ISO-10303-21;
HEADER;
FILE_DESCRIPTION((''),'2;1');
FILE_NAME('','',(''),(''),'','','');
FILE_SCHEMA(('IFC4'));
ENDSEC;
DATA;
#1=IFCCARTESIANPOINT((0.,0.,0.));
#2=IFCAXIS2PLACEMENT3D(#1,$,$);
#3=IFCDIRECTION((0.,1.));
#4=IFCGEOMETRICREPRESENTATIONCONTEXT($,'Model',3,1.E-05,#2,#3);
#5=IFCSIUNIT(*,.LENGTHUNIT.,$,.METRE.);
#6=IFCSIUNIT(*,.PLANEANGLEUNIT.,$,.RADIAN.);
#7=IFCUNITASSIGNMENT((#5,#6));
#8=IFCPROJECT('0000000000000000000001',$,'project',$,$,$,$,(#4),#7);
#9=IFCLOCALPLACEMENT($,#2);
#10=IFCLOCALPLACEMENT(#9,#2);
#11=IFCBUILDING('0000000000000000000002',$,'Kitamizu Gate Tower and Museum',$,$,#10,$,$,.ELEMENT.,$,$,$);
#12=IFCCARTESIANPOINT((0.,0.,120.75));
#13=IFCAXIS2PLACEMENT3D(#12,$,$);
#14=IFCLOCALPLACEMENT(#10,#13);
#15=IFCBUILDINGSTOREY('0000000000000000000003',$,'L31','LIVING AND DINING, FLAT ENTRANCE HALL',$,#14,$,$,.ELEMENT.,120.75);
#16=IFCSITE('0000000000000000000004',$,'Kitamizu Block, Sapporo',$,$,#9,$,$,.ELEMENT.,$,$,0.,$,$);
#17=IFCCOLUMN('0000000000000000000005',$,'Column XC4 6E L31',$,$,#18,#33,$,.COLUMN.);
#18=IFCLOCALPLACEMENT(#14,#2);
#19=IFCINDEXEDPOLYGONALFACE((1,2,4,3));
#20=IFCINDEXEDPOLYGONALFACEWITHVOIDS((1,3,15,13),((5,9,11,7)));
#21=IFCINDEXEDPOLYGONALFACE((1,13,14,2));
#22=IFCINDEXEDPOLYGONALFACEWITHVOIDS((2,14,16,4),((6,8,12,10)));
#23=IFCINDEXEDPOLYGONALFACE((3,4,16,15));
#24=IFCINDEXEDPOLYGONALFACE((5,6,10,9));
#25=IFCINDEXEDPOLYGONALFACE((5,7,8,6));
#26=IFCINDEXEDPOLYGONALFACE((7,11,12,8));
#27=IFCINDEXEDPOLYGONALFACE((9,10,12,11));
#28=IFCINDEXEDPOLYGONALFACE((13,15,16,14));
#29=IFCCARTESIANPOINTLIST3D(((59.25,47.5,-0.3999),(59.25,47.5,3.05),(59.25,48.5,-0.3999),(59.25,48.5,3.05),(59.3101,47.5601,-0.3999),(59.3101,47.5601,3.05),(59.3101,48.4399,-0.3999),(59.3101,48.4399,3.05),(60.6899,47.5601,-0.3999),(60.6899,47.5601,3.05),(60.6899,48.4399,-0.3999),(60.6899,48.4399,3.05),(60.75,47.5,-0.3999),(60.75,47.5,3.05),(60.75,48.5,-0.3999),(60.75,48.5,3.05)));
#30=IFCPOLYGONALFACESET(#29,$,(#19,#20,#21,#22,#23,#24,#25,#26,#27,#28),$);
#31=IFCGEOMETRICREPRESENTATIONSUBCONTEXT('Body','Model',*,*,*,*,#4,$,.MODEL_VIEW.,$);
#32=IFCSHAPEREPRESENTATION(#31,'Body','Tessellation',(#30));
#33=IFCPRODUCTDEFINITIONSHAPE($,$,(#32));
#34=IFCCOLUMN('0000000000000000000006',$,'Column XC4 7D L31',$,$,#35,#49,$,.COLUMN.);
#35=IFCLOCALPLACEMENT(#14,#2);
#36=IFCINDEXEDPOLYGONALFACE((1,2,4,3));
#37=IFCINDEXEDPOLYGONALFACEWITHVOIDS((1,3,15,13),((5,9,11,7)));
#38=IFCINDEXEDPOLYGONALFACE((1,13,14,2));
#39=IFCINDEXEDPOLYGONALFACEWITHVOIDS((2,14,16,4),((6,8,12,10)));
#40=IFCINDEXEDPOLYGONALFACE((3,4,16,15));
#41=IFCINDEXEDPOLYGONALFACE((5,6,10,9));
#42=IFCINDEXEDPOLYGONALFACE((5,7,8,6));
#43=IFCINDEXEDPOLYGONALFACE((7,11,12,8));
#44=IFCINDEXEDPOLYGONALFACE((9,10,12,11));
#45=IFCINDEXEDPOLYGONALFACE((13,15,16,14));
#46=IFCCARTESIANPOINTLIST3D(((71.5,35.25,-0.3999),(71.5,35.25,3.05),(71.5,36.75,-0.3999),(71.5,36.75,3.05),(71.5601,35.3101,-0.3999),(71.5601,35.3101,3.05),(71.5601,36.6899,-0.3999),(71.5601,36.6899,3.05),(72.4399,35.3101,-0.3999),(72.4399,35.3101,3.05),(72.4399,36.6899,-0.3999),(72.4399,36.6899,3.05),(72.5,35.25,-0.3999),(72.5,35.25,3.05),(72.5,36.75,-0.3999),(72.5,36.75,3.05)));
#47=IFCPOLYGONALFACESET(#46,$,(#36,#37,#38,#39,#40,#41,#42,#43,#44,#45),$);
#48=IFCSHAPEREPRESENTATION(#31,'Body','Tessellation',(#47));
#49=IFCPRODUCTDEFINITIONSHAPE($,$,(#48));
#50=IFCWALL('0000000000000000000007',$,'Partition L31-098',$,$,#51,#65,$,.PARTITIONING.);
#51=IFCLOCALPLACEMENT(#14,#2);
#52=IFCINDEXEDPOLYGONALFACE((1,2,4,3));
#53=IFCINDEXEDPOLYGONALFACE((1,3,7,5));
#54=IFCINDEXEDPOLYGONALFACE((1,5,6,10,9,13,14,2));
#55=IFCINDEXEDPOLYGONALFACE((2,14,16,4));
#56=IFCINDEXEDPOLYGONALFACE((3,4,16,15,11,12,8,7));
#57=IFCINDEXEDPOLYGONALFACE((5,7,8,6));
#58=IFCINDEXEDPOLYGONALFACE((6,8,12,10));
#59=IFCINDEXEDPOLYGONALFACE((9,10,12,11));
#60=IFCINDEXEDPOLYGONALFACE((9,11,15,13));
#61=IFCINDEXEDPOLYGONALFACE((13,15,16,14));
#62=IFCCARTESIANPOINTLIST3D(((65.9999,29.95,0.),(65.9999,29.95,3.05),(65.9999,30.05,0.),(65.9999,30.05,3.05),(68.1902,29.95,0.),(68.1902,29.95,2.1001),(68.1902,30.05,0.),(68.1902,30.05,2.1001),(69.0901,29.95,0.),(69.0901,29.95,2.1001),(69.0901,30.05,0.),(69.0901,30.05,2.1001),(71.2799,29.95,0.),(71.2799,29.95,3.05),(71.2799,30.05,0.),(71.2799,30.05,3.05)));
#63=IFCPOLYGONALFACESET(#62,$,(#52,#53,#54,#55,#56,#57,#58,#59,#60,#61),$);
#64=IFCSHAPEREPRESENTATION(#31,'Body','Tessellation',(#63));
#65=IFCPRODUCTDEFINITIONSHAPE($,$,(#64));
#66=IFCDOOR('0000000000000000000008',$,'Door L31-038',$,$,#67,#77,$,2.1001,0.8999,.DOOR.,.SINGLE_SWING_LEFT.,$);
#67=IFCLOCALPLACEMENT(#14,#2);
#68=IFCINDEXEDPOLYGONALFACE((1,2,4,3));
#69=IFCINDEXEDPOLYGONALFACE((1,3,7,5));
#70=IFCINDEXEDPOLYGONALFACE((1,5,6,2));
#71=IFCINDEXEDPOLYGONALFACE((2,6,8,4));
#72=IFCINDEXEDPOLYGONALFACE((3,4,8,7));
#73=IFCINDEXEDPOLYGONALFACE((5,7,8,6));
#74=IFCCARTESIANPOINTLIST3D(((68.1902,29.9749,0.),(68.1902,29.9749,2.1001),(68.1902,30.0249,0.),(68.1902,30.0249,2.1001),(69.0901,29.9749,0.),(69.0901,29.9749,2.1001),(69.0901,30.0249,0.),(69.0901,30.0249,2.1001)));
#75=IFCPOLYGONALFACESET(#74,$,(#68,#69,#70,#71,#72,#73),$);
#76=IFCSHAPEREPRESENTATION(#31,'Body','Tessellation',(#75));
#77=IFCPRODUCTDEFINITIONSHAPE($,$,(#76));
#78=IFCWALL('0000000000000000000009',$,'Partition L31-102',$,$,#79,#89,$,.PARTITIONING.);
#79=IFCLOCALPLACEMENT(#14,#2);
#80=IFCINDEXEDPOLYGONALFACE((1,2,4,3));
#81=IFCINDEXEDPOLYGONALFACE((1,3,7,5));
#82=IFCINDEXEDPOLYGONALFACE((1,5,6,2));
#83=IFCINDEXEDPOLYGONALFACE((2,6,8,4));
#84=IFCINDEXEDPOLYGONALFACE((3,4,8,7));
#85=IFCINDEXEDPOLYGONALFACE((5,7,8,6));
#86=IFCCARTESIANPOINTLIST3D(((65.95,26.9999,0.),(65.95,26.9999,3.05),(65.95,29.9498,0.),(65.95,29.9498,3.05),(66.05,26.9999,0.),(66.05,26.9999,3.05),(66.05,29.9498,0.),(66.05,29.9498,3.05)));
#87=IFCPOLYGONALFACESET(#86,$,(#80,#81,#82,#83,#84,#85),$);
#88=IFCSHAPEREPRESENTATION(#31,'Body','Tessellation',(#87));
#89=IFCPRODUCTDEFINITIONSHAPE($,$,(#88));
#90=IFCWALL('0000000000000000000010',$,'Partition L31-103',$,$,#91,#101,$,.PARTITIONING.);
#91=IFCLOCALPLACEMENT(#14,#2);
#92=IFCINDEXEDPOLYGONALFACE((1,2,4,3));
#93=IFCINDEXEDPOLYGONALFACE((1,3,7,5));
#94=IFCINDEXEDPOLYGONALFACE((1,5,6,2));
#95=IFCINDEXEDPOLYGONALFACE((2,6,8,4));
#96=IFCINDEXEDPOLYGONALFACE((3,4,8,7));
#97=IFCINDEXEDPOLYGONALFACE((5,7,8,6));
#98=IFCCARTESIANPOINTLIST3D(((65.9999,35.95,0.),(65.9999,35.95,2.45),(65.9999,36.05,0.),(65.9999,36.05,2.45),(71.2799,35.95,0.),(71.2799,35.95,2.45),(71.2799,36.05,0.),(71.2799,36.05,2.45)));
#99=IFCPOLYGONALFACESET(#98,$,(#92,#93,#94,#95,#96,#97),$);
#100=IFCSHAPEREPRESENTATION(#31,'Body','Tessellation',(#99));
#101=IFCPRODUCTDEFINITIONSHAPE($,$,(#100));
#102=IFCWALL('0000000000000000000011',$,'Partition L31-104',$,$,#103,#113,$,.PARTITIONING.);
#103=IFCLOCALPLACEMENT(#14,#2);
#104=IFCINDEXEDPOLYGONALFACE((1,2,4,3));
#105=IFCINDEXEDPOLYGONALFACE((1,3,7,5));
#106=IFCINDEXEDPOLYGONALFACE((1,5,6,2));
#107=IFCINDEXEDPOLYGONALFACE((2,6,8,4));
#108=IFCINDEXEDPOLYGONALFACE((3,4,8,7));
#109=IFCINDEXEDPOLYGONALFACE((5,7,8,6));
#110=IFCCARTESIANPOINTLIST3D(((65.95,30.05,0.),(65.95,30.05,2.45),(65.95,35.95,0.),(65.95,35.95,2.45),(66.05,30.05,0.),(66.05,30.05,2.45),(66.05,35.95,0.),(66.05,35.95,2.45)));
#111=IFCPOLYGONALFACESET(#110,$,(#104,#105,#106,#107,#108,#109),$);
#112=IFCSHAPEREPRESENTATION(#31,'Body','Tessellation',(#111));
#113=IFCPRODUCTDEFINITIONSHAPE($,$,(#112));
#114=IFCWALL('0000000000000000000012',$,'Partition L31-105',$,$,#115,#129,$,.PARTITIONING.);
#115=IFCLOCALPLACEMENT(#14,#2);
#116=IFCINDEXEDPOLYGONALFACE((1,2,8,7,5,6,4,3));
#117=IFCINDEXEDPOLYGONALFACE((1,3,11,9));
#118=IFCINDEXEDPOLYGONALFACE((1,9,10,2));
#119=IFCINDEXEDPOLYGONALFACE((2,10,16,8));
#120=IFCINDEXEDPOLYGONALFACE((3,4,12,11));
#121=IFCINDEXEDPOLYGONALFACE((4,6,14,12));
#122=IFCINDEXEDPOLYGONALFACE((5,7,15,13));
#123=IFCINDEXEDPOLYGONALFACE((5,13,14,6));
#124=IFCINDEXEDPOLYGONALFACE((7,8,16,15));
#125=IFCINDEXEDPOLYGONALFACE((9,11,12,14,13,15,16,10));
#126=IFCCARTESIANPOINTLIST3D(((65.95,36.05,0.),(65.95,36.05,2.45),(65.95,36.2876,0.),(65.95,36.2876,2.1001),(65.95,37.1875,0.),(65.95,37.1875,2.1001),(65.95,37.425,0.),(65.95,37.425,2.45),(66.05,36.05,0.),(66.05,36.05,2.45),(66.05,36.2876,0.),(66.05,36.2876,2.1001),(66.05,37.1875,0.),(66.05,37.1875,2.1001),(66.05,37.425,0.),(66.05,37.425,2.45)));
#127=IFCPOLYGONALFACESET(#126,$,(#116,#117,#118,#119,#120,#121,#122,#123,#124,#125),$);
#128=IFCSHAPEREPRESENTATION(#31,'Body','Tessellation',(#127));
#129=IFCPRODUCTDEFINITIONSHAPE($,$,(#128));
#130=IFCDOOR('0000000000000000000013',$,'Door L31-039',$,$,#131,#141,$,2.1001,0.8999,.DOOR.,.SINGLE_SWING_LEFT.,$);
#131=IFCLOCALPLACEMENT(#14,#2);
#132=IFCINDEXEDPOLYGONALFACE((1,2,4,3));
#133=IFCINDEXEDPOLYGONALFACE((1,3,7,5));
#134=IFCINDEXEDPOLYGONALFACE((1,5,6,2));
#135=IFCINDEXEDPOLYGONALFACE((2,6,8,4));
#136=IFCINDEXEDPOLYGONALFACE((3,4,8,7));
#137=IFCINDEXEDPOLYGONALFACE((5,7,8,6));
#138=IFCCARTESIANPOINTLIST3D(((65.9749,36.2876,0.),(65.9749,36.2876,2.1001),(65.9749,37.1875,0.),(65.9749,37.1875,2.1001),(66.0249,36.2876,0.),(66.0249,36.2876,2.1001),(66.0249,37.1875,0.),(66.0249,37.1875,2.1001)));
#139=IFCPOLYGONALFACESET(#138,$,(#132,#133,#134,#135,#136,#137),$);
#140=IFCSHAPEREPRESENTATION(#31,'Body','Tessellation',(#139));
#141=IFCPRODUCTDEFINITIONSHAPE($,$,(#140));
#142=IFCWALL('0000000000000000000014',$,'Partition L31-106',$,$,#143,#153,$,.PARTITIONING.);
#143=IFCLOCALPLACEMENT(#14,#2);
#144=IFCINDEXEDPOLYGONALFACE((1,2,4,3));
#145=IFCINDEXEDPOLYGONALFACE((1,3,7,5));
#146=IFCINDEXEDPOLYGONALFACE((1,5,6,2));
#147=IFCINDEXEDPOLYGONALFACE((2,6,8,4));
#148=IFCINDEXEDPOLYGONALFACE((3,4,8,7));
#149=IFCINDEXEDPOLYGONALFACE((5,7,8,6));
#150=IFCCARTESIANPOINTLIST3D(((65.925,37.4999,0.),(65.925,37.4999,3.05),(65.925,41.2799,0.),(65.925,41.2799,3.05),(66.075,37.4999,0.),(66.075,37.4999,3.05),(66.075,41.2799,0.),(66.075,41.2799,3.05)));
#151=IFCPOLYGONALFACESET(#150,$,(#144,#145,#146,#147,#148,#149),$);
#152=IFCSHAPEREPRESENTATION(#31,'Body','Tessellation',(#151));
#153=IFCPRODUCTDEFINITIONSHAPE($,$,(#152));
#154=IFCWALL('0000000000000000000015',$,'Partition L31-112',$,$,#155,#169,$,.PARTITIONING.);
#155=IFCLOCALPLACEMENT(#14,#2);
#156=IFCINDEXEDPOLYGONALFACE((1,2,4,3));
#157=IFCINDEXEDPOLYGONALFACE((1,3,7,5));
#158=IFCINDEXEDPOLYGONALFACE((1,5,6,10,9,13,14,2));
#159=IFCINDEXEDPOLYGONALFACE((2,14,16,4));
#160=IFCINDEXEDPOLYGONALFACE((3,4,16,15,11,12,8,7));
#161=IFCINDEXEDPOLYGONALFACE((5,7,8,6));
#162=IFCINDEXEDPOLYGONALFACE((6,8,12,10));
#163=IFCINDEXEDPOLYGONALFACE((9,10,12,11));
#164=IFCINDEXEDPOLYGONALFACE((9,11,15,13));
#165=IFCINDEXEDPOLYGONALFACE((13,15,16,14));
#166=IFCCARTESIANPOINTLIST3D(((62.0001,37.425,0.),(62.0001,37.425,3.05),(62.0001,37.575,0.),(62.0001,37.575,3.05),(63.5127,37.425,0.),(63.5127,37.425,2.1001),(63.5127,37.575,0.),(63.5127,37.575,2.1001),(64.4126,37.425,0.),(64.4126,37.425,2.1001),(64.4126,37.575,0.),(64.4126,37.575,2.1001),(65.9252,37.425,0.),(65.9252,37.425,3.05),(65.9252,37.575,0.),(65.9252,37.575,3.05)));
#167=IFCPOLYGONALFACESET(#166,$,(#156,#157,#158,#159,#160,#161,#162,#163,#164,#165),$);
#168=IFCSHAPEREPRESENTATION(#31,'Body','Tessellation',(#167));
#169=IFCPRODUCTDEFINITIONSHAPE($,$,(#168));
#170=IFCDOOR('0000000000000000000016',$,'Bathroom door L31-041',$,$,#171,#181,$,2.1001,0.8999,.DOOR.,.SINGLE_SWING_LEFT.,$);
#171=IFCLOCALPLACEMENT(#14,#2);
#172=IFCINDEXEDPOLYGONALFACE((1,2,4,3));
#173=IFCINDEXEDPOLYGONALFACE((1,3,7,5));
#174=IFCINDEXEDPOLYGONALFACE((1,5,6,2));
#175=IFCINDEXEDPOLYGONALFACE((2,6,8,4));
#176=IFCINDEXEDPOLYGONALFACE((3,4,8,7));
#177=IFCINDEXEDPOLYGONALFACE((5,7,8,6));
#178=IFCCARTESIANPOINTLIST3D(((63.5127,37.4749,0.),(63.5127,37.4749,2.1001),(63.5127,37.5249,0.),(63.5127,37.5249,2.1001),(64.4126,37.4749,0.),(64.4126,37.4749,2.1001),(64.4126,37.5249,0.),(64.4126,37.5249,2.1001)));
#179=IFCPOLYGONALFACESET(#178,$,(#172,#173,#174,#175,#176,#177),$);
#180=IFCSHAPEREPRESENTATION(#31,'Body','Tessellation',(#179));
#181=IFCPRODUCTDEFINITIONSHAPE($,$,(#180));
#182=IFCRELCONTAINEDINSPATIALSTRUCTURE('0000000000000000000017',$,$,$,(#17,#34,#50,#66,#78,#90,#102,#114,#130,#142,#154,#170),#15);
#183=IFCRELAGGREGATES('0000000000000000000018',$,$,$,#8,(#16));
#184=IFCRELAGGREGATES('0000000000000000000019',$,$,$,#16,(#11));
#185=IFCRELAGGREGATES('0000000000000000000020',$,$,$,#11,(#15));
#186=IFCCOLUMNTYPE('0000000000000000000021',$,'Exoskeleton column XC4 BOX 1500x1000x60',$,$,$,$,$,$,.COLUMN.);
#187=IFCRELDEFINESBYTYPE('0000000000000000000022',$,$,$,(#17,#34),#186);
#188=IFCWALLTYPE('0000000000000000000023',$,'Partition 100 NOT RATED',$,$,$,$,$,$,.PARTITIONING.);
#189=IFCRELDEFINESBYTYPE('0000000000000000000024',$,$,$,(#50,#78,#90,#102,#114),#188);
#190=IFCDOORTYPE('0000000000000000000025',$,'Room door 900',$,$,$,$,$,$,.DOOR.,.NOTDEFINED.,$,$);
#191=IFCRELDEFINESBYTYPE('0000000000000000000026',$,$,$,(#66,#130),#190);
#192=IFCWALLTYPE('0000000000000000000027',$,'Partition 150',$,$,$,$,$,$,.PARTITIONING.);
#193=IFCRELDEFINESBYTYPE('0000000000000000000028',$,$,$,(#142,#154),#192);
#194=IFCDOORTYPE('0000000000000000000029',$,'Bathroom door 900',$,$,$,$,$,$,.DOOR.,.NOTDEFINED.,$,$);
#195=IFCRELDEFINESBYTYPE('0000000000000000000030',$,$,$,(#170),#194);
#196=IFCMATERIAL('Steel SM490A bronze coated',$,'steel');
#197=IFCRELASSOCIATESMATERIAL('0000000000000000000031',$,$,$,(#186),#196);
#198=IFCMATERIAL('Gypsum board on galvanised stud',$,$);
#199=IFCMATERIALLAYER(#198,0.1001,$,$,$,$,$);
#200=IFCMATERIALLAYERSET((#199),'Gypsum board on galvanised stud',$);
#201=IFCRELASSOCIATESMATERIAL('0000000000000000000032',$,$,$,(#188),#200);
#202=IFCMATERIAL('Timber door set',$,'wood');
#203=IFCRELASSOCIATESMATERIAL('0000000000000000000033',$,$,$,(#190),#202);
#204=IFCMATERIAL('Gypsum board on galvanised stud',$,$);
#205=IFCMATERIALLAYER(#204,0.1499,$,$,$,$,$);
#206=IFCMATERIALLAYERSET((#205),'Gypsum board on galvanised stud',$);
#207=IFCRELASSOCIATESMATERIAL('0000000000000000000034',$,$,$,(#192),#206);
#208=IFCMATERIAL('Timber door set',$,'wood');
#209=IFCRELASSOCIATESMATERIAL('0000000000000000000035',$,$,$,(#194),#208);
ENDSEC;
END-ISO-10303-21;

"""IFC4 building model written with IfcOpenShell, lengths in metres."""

from ifc_helpers import new_model, si_unit, direction, frame, frame_2d, origin, origin_2d, place, context, subcontext, project, spatial, rectangle, hollow_rectangle, extrude, material, layer, layer_set, material_profile, profile_set, type_object, element, fill, save


model = new_model("IFC4")

# Units and contexts
model_context = context("Model", 3, precision=1e-05, world=origin(), true_north=direction((0.0, 1.0)))
body_context = subcontext(model_context, "Body", "Model", "MODEL_VIEW")
ifc_project = project(units=[si_unit("LENGTHUNIT", "METRE"), si_unit("PLANEANGLEUNIT", "RADIAN")], contexts=[model_context])

# Site, building, storey
site_placement = place(None, origin())
site = spatial("IfcSite", under=ifc_project, at=site_placement, Name="Kitamizu Block, Sapporo", CompositionType="ELEMENT", RefElevation=0.0)
building_placement = place(site_placement, origin())
building = spatial("IfcBuilding", under=site, at=building_placement, Name="Kitamizu Gate Tower and Museum", CompositionType="ELEMENT")
storey_placement = place(building_placement, frame((0.0, 0.0, 120.75)))
storey = spatial("IfcBuildingStorey", under=building, at=storey_placement, Name="L31", Description="LIVING AND DINING, FLAT ENTRANCE HALL", CompositionType="ELEMENT", Elevation=120.75)

# Columns
ifc_material_1 = material(Name="Steel SM490A bronze coated", Category="steel")
ifc_material_profile = material_profile(ifc_material_1, hollow_rectangle(XDim=1.5, YDim=1.0, WallThickness=0.0601, at=origin_2d()), Name="BOX 1500x1000x60")
ifc_profile_set = profile_set([ifc_material_profile], Name="Steel SM490A bronze coated")
column_type = type_object("IfcColumnType", Name="Exoskeleton column XC4 BOX 1500x1000x60", PredefinedType="COLUMN", material=ifc_profile_set)
for number, where, z_axis, x_axis, name in (
    (1, (60.0, 48.0, -0.3999), (0.0, 0.0, 1.0), (1.0, 0.0, 0.0), "Column XC4 6E L31"),
    (2, (72.0, 36.0, -0.3999), (0.0, 0.0, 1.0), (0.0, 1.0, 0.0), "Column XC4 7D L31"),
):
    element("IfcColumn", number, at=place(storey_placement, frame(where, z_axis=z_axis, x_axis=x_axis)), inside=storey, type_object=column_type, Name=name, PredefinedType="COLUMN", context=body_context, shape_type="SweptSolid", body=[
        extrude(hollow_rectangle(XDim=1.5, YDim=1.0, WallThickness=0.0601, at=origin_2d()), origin(), (0.0, 0.0, 1.0), 3.45),
    ])

# Wall, opening, door
ifc_material_2 = material(Name="Gypsum board on galvanised stud")
ifc_layer_1 = layer(ifc_material_2, 0.1001)
ifc_layer_set_1 = layer_set([ifc_layer_1], Name="Gypsum board on galvanised stud")
wall_type_1 = type_object("IfcWallType", Name="Partition 100 NOT RATED", PredefinedType="PARTITIONING", material=ifc_layer_set_1)
wall_1_placement = place(storey_placement, frame((71.28, 30.0, 0.0), z_axis=(0.0, 0.0, 1.0), x_axis=(-1.0, 0.0, 0.0)))
wall_1 = element("IfcWall", 3, at=wall_1_placement, inside=storey, type_object=wall_type_1, Name="Partition L31-098", PredefinedType="PARTITIONING", context=body_context, shape_type="SweptSolid", body=[
    extrude(rectangle(XDim=5.28, YDim=0.1001, at=frame_2d((2.6401, 0.0))), origin(), (0.0, 0.0, 1.0), 3.05),
])
opening_1_placement = place(wall_1_placement, frame((2.1899, 0.0, 0.0)))
opening_1 = element("IfcOpeningElement", 4, at=opening_1_placement, cuts=wall_1, PredefinedType="OPENING", context=body_context, shape_type="SweptSolid", body=[
    extrude(rectangle(XDim=0.8999, YDim=2.1001, at=frame_2d((0.45, 1.05))), frame((0.0, 0.0601, 0.0), z_axis=(0.0, -1.0, 0.0), x_axis=(1.0, 0.0, 0.0)), (0.0, 0.0, 1.0), 0.1201),
])
ifc_material_3 = material(Name="Timber door set", Category="wood")
door_type_1 = type_object("IfcDoorType", Name="Room door 900", OperationType="NOTDEFINED", PredefinedType="DOOR", material=ifc_material_3)
door_1_placement = place(opening_1_placement, frame((0.8999, 0.0, 0.0), x_axis=(-1.0, 0.0, 0.0)))
door_1 = element("IfcDoor", 5, at=door_1_placement, inside=storey, type_object=door_type_1, Name="Door L31-038", OperationType="SINGLE_SWING_LEFT", OverallHeight=2.1001, OverallWidth=0.8999, PredefinedType="DOOR", context=body_context, shape_type="SweptSolid", body=[
    extrude(rectangle(XDim=0.8999, YDim=2.1001, at=frame_2d((0.45, 1.05))), frame((0.0, 0.0249, 0.0), z_axis=(0.0, -1.0, 0.0), x_axis=(1.0, 0.0, 0.0)), (0.0, 0.0, 1.0), 0.05),
])
fill(opening_1, door_1)

# Walls
wall_2_placement = place(storey_placement, frame((66.0, 29.95, 0.0), z_axis=(0.0, 0.0, 1.0), x_axis=(0.0, -1.0, 0.0)))
element("IfcWall", 6, at=wall_2_placement, inside=storey, type_object=wall_type_1, Name="Partition L31-102", PredefinedType="PARTITIONING", context=body_context, shape_type="SweptSolid", body=[
    extrude(rectangle(XDim=2.95, YDim=0.1001, at=frame_2d((1.4751, 0.0))), origin(), (0.0, 0.0, 1.0), 3.05),
])
wall_3_placement = place(storey_placement, frame((71.28, 36.0, 0.0), z_axis=(0.0, 0.0, 1.0), x_axis=(-1.0, 0.0, 0.0)))
element("IfcWall", 7, at=wall_3_placement, inside=storey, type_object=wall_type_1, Name="Partition L31-103", PredefinedType="PARTITIONING", context=body_context, shape_type="SweptSolid", body=[
    extrude(rectangle(XDim=5.28, YDim=0.1001, at=frame_2d((2.6401, 0.0))), origin(), (0.0, 0.0, 1.0), 2.45),
])
wall_4_placement = place(storey_placement, frame((66.0, 35.95, 0.0), z_axis=(0.0, 0.0, 1.0), x_axis=(0.0, -1.0, 0.0)))
element("IfcWall", 8, at=wall_4_placement, inside=storey, type_object=wall_type_1, Name="Partition L31-104", PredefinedType="PARTITIONING", context=body_context, shape_type="SweptSolid", body=[
    extrude(rectangle(XDim=5.8999, YDim=0.1001, at=frame_2d((2.95, 0.0))), origin(), (0.0, 0.0, 1.0), 2.45),
])

# Wall, opening, door
wall_5_placement = place(storey_placement, frame((66.0, 37.425, 0.0), z_axis=(0.0, 0.0, 1.0), x_axis=(0.0, -1.0, 0.0)))
wall_5 = element("IfcWall", 9, at=wall_5_placement, inside=storey, type_object=wall_type_1, Name="Partition L31-105", PredefinedType="PARTITIONING", context=body_context, shape_type="SweptSolid", body=[
    extrude(rectangle(XDim=1.375, YDim=0.1001, at=frame_2d((0.6875, 0.0))), origin(), (0.0, 0.0, 1.0), 2.45),
])
opening_2_placement = place(wall_5_placement, frame((0.2375, 0.0, 0.0)))
opening_2 = element("IfcOpeningElement", 10, at=opening_2_placement, cuts=wall_5, PredefinedType="OPENING", context=body_context, shape_type="SweptSolid", body=[
    extrude(rectangle(XDim=0.8999, YDim=2.1001, at=frame_2d((0.45, 1.05))), frame((0.0, 0.0601, 0.0), z_axis=(0.0, -1.0, 0.0), x_axis=(1.0, 0.0, 0.0)), (0.0, 0.0, 1.0), 0.1201),
])
door_2_placement = place(opening_2_placement, origin())
door_2 = element("IfcDoor", 11, at=door_2_placement, inside=storey, type_object=door_type_1, Name="Door L31-039", OperationType="SINGLE_SWING_LEFT", OverallHeight=2.1001, OverallWidth=0.8999, PredefinedType="DOOR", context=body_context, shape_type="SweptSolid", body=[
    extrude(rectangle(XDim=0.8999, YDim=2.1001, at=frame_2d((0.45, 1.05))), frame((0.0, 0.0249, 0.0), z_axis=(0.0, -1.0, 0.0), x_axis=(1.0, 0.0, 0.0)), (0.0, 0.0, 1.0), 0.05),
])
fill(opening_2, door_2)

# Wall
ifc_material_4 = material(Name="Gypsum board on galvanised stud")
ifc_layer_2 = layer(ifc_material_4, 0.1499)
ifc_layer_set_2 = layer_set([ifc_layer_2], Name="Gypsum board on galvanised stud")
wall_type_2 = type_object("IfcWallType", Name="Partition 150", PredefinedType="PARTITIONING", material=ifc_layer_set_2)
wall_6_placement = place(storey_placement, frame((66.0, 41.28, 0.0), z_axis=(0.0, 0.0, 1.0), x_axis=(0.0, -1.0, 0.0)))
element("IfcWall", 12, at=wall_6_placement, inside=storey, type_object=wall_type_2, Name="Partition L31-106", PredefinedType="PARTITIONING", context=body_context, shape_type="SweptSolid", body=[
    extrude(rectangle(XDim=3.78, YDim=0.1499, at=frame_2d((1.8901, 0.0))), origin(), (0.0, 0.0, 1.0), 3.05),
])

# Wall, opening, door
wall_7_placement = place(storey_placement, frame((65.925, 37.5, 0.0), z_axis=(0.0, 0.0, 1.0), x_axis=(-1.0, 0.0, 0.0)))
wall_7 = element("IfcWall", 13, at=wall_7_placement, inside=storey, type_object=wall_type_2, Name="Partition L31-112", PredefinedType="PARTITIONING", context=body_context, shape_type="SweptSolid", body=[
    extrude(rectangle(XDim=3.925, YDim=0.1499, at=frame_2d((1.9624, 0.0))), origin(), (0.0, 0.0, 1.0), 3.05),
])
opening_3_placement = place(wall_7_placement, frame((1.5125, 0.0, 0.0)))
opening_3 = element("IfcOpeningElement", 14, at=opening_3_placement, cuts=wall_7, PredefinedType="OPENING", context=body_context, shape_type="SweptSolid", body=[
    extrude(rectangle(XDim=0.8999, YDim=2.1001, at=frame_2d((0.45, 1.05))), frame((0.0, 0.085, 0.0), z_axis=(0.0, -1.0, 0.0), x_axis=(1.0, 0.0, 0.0)), (0.0, 0.0, 1.0), 0.1699),
])
ifc_material_5 = material(Name="Timber door set", Category="wood")
door_type_2 = type_object("IfcDoorType", Name="Bathroom door 900", OperationType="NOTDEFINED", PredefinedType="DOOR", material=ifc_material_5)
door_3_placement = place(opening_3_placement, frame((0.8999, 0.0, 0.0), x_axis=(-1.0, 0.0, 0.0)))
door_3 = element("IfcDoor", 15, at=door_3_placement, inside=storey, type_object=door_type_2, Name="Bathroom door L31-041", OperationType="SINGLE_SWING_LEFT", OverallHeight=2.1001, OverallWidth=0.8999, PredefinedType="DOOR", context=body_context, shape_type="SweptSolid", body=[
    extrude(rectangle(XDim=0.8999, YDim=2.1001, at=frame_2d((0.45, 1.05))), frame((0.0, 0.0249, 0.0), z_axis=(0.0, -1.0, 0.0), x_axis=(1.0, 0.0, 0.0)), (0.0, 0.0, 1.0), 0.05),
])
fill(opening_3, door_3)

save(model, "model.ifc")
